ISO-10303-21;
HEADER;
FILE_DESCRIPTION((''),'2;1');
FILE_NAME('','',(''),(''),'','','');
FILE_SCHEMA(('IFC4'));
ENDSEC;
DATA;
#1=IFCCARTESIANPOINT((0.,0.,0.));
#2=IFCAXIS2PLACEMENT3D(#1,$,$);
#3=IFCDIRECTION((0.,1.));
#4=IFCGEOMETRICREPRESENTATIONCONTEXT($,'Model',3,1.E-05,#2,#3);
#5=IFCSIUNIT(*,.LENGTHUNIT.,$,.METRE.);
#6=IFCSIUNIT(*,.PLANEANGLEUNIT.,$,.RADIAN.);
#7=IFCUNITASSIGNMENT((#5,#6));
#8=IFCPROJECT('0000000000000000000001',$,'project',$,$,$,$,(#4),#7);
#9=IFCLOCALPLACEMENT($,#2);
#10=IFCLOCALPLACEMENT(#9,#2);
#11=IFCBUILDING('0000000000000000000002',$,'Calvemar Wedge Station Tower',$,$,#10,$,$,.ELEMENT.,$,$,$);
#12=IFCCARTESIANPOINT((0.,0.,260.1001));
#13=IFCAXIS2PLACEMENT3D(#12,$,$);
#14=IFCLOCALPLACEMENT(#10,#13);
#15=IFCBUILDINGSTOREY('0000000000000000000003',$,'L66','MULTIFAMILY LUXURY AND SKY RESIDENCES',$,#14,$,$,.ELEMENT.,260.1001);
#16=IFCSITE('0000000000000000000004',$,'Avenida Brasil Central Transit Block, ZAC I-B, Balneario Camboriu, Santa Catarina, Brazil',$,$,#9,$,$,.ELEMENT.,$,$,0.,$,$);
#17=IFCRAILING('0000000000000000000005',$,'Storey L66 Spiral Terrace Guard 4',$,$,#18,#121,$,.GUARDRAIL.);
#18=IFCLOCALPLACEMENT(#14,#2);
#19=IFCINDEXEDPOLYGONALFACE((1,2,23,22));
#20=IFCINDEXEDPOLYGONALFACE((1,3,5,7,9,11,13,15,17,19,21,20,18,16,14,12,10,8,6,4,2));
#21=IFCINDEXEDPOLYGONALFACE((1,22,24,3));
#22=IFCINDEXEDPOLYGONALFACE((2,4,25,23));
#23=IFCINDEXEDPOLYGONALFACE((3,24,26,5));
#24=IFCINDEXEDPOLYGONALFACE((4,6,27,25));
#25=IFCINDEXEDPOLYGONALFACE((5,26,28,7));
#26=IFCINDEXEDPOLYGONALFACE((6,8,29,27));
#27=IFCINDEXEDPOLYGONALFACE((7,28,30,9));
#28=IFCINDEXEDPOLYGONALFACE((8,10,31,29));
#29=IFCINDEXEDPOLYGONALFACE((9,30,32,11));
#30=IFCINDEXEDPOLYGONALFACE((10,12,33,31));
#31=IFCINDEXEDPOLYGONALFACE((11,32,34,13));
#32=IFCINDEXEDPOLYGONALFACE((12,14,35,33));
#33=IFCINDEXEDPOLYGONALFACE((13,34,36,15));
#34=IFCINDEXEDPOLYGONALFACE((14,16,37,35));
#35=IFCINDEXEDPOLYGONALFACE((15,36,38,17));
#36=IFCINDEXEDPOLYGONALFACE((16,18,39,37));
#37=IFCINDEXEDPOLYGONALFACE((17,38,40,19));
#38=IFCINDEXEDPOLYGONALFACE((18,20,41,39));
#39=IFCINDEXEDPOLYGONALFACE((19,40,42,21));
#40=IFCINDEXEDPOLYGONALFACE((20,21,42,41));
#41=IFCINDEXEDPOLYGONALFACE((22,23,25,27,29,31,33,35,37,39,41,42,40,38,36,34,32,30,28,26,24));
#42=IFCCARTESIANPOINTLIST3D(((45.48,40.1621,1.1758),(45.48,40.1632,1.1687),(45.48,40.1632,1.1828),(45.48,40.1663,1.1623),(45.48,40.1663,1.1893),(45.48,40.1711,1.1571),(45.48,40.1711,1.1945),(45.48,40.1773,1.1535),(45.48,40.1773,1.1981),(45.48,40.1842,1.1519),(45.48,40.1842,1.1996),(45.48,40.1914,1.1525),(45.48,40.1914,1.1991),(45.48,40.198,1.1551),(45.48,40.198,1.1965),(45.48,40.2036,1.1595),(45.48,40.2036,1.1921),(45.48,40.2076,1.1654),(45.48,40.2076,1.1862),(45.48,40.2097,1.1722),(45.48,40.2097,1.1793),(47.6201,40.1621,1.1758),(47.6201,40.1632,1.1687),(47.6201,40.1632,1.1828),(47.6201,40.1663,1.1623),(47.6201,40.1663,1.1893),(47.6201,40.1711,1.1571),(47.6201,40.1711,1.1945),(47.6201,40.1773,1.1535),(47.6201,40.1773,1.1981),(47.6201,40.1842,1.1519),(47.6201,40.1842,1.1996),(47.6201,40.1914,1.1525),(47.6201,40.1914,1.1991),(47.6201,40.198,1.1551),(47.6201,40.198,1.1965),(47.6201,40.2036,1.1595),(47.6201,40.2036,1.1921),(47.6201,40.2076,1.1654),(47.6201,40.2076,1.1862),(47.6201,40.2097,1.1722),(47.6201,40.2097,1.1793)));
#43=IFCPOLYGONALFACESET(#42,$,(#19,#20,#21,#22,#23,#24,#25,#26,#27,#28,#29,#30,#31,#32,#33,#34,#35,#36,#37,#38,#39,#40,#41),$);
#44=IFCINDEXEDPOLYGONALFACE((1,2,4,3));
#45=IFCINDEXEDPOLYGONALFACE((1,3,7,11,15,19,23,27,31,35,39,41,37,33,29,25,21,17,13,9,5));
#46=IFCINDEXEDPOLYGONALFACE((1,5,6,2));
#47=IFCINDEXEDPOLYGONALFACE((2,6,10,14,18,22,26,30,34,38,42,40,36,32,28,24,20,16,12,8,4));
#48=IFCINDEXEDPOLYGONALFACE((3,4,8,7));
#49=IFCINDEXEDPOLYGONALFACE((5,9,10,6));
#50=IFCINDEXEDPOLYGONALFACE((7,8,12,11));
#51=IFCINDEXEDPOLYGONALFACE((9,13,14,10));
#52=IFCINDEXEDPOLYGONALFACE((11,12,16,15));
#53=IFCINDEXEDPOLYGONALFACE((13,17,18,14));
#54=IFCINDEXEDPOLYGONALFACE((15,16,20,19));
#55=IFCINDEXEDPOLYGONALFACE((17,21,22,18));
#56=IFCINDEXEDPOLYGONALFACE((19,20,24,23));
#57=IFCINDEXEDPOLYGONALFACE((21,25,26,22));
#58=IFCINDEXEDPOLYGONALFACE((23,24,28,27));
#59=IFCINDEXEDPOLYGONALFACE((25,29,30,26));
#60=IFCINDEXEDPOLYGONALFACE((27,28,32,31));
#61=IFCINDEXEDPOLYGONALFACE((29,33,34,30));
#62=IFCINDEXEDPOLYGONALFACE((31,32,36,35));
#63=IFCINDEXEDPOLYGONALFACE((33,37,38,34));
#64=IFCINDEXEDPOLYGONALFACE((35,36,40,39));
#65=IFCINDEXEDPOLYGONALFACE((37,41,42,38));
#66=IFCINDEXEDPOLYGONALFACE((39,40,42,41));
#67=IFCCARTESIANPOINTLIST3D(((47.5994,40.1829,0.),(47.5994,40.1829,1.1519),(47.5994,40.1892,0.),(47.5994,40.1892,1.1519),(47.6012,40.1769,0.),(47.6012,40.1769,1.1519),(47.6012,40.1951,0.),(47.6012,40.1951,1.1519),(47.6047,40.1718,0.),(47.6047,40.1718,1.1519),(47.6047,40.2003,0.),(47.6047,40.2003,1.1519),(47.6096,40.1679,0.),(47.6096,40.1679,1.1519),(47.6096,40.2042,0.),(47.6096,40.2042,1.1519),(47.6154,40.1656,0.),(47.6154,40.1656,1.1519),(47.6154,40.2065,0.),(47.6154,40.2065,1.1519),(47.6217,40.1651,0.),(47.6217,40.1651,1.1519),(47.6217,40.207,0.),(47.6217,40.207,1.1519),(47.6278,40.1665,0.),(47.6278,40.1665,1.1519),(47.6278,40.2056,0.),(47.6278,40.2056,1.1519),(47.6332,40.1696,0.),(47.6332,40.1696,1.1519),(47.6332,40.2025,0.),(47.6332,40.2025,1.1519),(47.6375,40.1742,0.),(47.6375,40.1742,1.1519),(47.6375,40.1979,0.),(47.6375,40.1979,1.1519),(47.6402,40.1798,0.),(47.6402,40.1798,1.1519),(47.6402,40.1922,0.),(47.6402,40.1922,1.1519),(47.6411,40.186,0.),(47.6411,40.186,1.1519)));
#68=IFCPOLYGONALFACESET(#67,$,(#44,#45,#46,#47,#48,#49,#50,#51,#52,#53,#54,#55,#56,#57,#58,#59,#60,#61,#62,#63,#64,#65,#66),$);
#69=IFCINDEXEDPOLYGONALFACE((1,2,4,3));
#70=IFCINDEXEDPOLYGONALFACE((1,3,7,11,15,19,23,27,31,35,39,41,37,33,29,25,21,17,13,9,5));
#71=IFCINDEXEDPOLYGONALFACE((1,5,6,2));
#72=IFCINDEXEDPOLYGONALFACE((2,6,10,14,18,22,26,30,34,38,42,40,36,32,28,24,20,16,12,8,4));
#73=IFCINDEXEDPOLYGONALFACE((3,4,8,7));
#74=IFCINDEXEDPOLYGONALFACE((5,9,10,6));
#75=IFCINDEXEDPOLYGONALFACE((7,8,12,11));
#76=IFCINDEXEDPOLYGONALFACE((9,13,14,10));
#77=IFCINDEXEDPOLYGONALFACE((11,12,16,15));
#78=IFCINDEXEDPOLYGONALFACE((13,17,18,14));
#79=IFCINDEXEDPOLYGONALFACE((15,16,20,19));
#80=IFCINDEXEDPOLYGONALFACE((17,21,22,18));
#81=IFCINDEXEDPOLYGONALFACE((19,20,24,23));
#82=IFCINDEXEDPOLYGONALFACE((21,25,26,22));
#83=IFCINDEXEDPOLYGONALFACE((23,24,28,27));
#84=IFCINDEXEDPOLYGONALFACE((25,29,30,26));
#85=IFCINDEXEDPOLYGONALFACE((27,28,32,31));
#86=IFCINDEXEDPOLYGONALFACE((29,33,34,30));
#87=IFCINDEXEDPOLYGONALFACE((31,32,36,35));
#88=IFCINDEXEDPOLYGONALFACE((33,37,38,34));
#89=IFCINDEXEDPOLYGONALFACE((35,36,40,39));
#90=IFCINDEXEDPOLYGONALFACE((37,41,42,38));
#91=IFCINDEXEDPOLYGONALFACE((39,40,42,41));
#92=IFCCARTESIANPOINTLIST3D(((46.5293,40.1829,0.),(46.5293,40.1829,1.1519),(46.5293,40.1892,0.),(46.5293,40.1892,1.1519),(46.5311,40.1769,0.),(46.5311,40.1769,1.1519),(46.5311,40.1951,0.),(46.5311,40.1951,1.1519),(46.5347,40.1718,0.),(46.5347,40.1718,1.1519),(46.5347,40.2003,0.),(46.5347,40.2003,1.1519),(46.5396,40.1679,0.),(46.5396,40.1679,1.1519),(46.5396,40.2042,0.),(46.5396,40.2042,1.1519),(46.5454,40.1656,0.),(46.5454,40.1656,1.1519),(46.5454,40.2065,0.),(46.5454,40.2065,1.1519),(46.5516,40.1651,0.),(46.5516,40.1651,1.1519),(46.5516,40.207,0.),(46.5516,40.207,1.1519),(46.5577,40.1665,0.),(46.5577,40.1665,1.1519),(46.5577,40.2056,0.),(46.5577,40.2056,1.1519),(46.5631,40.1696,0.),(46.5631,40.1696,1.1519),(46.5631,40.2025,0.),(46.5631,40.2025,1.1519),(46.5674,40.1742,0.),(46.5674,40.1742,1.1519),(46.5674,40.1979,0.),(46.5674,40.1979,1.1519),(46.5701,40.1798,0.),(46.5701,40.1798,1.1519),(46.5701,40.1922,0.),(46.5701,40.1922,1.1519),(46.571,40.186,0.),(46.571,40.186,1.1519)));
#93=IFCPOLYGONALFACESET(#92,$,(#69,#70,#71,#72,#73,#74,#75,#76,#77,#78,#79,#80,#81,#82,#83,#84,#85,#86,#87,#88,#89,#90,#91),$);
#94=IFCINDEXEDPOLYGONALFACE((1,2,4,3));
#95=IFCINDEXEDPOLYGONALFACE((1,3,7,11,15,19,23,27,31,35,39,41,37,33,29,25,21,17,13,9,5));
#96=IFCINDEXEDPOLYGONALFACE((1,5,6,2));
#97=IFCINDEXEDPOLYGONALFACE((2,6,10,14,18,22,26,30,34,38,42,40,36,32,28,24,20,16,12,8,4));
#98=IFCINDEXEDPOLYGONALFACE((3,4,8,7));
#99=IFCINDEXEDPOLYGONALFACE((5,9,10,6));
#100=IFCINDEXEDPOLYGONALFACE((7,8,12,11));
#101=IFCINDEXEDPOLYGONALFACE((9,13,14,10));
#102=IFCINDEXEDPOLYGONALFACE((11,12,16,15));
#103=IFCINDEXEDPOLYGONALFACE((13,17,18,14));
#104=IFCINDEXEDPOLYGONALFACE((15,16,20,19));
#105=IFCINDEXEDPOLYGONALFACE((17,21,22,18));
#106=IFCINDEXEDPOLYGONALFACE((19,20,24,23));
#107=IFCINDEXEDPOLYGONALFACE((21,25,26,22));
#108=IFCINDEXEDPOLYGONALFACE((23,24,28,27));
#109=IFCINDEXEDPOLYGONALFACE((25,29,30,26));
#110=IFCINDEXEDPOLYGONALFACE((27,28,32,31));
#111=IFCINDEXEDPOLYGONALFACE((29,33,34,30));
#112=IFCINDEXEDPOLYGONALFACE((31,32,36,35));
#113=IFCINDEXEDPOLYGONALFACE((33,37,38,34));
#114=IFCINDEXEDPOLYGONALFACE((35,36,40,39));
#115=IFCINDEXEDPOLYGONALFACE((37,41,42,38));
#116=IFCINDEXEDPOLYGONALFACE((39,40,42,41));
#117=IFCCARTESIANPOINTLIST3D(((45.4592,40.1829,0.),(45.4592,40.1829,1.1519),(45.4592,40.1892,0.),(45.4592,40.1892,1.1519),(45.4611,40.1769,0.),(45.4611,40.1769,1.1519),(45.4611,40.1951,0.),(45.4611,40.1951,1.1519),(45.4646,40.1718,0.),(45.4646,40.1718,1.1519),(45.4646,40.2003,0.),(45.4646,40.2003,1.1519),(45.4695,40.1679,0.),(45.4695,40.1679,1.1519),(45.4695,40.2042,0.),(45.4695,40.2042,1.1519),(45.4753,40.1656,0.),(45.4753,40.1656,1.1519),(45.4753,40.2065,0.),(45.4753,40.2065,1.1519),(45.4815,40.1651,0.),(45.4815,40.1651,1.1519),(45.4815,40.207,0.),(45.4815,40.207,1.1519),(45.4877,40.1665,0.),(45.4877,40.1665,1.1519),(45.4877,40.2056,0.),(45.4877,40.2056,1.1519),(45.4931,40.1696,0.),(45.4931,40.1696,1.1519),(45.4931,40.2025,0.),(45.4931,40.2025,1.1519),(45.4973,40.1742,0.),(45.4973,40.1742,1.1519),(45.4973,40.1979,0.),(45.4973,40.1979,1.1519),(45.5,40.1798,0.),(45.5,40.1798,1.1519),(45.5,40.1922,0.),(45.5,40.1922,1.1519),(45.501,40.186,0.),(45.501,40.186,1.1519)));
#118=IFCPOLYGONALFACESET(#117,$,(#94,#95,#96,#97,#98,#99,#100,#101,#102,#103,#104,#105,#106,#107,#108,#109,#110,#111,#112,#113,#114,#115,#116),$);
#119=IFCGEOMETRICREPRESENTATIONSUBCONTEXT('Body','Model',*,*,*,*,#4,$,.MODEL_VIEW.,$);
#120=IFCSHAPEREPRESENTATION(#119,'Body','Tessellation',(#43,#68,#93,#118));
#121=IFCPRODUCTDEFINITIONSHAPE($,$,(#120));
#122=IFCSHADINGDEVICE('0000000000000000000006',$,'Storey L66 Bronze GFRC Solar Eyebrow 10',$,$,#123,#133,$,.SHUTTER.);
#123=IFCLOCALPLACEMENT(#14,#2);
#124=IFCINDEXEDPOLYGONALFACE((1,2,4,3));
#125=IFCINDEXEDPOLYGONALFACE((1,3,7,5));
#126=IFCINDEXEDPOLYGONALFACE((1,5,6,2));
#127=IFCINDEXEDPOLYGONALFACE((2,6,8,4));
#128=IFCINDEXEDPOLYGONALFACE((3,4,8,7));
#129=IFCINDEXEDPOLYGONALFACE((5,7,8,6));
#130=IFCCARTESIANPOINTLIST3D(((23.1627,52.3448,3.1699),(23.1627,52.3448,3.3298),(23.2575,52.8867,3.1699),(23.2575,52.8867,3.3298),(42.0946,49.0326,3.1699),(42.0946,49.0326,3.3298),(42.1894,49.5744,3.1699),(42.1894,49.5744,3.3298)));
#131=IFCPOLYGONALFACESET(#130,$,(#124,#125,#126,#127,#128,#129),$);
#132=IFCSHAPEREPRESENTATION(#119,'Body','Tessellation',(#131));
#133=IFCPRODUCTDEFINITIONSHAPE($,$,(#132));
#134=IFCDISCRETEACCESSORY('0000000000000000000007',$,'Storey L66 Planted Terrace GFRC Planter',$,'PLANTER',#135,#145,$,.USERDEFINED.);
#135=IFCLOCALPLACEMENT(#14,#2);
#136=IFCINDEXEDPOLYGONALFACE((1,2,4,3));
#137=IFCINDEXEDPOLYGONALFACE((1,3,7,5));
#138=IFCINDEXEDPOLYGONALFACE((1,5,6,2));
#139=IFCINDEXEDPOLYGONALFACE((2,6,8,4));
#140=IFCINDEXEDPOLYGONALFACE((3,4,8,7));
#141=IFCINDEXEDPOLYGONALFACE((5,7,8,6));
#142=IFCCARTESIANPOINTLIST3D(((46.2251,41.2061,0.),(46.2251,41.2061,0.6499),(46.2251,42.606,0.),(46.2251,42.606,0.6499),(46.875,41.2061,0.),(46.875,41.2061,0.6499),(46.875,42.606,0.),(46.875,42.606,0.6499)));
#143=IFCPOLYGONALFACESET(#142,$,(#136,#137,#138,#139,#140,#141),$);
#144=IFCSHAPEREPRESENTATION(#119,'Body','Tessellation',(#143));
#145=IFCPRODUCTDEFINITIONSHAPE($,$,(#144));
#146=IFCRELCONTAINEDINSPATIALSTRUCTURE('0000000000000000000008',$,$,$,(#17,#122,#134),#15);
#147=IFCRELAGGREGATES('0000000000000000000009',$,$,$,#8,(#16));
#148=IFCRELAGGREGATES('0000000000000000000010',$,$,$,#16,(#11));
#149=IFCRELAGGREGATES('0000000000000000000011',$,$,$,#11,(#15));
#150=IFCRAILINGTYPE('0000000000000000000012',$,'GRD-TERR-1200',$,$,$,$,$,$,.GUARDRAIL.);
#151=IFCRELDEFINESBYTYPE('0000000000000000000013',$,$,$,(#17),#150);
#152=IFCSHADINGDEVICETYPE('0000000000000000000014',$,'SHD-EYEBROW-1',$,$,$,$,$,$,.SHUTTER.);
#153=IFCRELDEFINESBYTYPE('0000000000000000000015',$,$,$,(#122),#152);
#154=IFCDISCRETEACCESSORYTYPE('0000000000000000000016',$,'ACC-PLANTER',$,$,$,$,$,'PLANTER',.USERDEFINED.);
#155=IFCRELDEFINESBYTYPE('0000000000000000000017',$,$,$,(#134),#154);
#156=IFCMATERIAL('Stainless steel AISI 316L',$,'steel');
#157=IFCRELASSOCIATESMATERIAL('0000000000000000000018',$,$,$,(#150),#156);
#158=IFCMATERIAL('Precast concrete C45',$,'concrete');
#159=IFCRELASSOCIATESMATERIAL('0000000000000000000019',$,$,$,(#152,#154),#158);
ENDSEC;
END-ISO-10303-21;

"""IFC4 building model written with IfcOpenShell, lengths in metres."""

from ifc_helpers import new_model, si_unit, direction, frame, frame_2d, origin, origin_2d, place, context, subcontext, project, spatial, rectangle, circle, extrude, source, transform, mapped, material, type_object, element, save


model = new_model("IFC4")

# Units and contexts
model_context = context("Model", 3, precision=1e-05, world=origin(), true_north=direction((0.0, 1.0)))
body_context = subcontext(model_context, "Body", "Model", "MODEL_VIEW")
ifc_project = project(units=[si_unit("LENGTHUNIT", "METRE"), si_unit("PLANEANGLEUNIT", "RADIAN")], contexts=[model_context])

# Site, building, storey
site_placement = place(None, origin())
site = spatial("IfcSite", under=ifc_project, at=site_placement, Name="Avenida Brasil Central Transit Block, ZAC I-B, Balneario Camboriu, Santa Catarina, Brazil", CompositionType="ELEMENT", RefElevation=0.0)
building_placement = place(site_placement, origin())
building = spatial("IfcBuilding", under=site, at=building_placement, Name="Calvemar Wedge Station Tower", CompositionType="ELEMENT")
storey_placement = place(building_placement, frame((0.0, 0.0, 260.1001)))
storey = spatial("IfcBuildingStorey", under=building, at=storey_placement, Name="L66", Description="MULTIFAMILY LUXURY AND SKY RESIDENCES", CompositionType="ELEMENT", Elevation=260.1001)

# Shared definitions
ifc_material_1 = material(Name="Precast concrete C45", Category="concrete")

# Railing
ifc_material_2 = material(Name="Stainless steel AISI 316L", Category="steel")
railing_type = type_object("IfcRailingType", Name="GRD-TERR-1200", PredefinedType="GUARDRAIL", material=ifc_material_2)
railing_1_placement = place(storey_placement, frame((47.6201, 40.186, 0.0)))
element("IfcRailing", 1, at=railing_1_placement, inside=storey, type_object=railing_type, Name="Storey L66 Spiral Terrace Guard 4", PredefinedType="GUARDRAIL", context=body_context, shape_type="SweptSolid", body=[
    extrude(circle(Radius=0.0239, at=origin_2d()), frame((0.0, 0.0, 1.1758), z_axis=(-1.0, 0.0, 0.0), x_axis=(0.0, -1.0, 0.0)), (0.0, 0.0, 1.0), 2.1401),
    extrude(circle(Radius=0.021, at=origin_2d()), origin(), (0.0, 0.0, 1.0), 1.1519),
    extrude(circle(Radius=0.021, at=origin_2d()), frame((-1.0701, 0.0, 0.0)), (0.0, 0.0, 1.0), 1.1519),
    extrude(circle(Radius=0.021, at=origin_2d()), frame((-2.1401, 0.0, 0.0)), (0.0, 0.0, 1.0), 1.1519),
])

# Shading device
shading_device_type = type_object("IfcShadingDeviceType", Name="SHD-EYEBROW-1", PredefinedType="SHUTTER", material=ifc_material_1)
shading_device_placement = place(storey_placement, frame((42.1421, 49.3035, 3.1699), z_axis=(0.0, 0.0, 1.0), x_axis=(-0.985038, 0.172339, 0.0)))
element("IfcShadingDevice", 2, at=shading_device_placement, inside=storey, type_object=shading_device_type, Name="Storey L66 Bronze GFRC Solar Eyebrow 10", PredefinedType="SHUTTER", context=body_context, shape_type="SweptSolid", body=[
    extrude(rectangle(XDim=19.2195, YDim=0.55, at=frame_2d((9.6099, 0.0))), origin(), (0.0, 0.0, 1.0), 0.1599),
])

# Discrete accessory
discrete_accessory_type = type_object("IfcDiscreteAccessoryType", Name="ACC-PLANTER", ElementType="PLANTER", PredefinedType="USERDEFINED", material=ifc_material_1)
shared_shape_1 = source(origin(), body_context, "Body", "SweptSolid", [
    extrude(rectangle(XDim=0.6499, YDim=1.3999, at=origin_2d()), origin(), (0.0, 0.0, 1.0), 0.6499),
])
discrete_accessory_placement = place(storey_placement, frame((46.55, 41.906, 0.0), z_axis=(0.0, 0.0, 1.0), x_axis=(1.0, 0.0, 0.0)))
element("IfcDiscreteAccessory", 3, at=discrete_accessory_placement, inside=storey, type_object=discrete_accessory_type, Name="Storey L66 Planted Terrace GFRC Planter", ObjectType="PLANTER", PredefinedType="USERDEFINED", context=body_context, shape_type="MappedRepresentation", body=[
    mapped(shared_shape_1, transform((0.0, 0.0, 0.0), scale=1.0)),
])

save(model, "model.ifc")
